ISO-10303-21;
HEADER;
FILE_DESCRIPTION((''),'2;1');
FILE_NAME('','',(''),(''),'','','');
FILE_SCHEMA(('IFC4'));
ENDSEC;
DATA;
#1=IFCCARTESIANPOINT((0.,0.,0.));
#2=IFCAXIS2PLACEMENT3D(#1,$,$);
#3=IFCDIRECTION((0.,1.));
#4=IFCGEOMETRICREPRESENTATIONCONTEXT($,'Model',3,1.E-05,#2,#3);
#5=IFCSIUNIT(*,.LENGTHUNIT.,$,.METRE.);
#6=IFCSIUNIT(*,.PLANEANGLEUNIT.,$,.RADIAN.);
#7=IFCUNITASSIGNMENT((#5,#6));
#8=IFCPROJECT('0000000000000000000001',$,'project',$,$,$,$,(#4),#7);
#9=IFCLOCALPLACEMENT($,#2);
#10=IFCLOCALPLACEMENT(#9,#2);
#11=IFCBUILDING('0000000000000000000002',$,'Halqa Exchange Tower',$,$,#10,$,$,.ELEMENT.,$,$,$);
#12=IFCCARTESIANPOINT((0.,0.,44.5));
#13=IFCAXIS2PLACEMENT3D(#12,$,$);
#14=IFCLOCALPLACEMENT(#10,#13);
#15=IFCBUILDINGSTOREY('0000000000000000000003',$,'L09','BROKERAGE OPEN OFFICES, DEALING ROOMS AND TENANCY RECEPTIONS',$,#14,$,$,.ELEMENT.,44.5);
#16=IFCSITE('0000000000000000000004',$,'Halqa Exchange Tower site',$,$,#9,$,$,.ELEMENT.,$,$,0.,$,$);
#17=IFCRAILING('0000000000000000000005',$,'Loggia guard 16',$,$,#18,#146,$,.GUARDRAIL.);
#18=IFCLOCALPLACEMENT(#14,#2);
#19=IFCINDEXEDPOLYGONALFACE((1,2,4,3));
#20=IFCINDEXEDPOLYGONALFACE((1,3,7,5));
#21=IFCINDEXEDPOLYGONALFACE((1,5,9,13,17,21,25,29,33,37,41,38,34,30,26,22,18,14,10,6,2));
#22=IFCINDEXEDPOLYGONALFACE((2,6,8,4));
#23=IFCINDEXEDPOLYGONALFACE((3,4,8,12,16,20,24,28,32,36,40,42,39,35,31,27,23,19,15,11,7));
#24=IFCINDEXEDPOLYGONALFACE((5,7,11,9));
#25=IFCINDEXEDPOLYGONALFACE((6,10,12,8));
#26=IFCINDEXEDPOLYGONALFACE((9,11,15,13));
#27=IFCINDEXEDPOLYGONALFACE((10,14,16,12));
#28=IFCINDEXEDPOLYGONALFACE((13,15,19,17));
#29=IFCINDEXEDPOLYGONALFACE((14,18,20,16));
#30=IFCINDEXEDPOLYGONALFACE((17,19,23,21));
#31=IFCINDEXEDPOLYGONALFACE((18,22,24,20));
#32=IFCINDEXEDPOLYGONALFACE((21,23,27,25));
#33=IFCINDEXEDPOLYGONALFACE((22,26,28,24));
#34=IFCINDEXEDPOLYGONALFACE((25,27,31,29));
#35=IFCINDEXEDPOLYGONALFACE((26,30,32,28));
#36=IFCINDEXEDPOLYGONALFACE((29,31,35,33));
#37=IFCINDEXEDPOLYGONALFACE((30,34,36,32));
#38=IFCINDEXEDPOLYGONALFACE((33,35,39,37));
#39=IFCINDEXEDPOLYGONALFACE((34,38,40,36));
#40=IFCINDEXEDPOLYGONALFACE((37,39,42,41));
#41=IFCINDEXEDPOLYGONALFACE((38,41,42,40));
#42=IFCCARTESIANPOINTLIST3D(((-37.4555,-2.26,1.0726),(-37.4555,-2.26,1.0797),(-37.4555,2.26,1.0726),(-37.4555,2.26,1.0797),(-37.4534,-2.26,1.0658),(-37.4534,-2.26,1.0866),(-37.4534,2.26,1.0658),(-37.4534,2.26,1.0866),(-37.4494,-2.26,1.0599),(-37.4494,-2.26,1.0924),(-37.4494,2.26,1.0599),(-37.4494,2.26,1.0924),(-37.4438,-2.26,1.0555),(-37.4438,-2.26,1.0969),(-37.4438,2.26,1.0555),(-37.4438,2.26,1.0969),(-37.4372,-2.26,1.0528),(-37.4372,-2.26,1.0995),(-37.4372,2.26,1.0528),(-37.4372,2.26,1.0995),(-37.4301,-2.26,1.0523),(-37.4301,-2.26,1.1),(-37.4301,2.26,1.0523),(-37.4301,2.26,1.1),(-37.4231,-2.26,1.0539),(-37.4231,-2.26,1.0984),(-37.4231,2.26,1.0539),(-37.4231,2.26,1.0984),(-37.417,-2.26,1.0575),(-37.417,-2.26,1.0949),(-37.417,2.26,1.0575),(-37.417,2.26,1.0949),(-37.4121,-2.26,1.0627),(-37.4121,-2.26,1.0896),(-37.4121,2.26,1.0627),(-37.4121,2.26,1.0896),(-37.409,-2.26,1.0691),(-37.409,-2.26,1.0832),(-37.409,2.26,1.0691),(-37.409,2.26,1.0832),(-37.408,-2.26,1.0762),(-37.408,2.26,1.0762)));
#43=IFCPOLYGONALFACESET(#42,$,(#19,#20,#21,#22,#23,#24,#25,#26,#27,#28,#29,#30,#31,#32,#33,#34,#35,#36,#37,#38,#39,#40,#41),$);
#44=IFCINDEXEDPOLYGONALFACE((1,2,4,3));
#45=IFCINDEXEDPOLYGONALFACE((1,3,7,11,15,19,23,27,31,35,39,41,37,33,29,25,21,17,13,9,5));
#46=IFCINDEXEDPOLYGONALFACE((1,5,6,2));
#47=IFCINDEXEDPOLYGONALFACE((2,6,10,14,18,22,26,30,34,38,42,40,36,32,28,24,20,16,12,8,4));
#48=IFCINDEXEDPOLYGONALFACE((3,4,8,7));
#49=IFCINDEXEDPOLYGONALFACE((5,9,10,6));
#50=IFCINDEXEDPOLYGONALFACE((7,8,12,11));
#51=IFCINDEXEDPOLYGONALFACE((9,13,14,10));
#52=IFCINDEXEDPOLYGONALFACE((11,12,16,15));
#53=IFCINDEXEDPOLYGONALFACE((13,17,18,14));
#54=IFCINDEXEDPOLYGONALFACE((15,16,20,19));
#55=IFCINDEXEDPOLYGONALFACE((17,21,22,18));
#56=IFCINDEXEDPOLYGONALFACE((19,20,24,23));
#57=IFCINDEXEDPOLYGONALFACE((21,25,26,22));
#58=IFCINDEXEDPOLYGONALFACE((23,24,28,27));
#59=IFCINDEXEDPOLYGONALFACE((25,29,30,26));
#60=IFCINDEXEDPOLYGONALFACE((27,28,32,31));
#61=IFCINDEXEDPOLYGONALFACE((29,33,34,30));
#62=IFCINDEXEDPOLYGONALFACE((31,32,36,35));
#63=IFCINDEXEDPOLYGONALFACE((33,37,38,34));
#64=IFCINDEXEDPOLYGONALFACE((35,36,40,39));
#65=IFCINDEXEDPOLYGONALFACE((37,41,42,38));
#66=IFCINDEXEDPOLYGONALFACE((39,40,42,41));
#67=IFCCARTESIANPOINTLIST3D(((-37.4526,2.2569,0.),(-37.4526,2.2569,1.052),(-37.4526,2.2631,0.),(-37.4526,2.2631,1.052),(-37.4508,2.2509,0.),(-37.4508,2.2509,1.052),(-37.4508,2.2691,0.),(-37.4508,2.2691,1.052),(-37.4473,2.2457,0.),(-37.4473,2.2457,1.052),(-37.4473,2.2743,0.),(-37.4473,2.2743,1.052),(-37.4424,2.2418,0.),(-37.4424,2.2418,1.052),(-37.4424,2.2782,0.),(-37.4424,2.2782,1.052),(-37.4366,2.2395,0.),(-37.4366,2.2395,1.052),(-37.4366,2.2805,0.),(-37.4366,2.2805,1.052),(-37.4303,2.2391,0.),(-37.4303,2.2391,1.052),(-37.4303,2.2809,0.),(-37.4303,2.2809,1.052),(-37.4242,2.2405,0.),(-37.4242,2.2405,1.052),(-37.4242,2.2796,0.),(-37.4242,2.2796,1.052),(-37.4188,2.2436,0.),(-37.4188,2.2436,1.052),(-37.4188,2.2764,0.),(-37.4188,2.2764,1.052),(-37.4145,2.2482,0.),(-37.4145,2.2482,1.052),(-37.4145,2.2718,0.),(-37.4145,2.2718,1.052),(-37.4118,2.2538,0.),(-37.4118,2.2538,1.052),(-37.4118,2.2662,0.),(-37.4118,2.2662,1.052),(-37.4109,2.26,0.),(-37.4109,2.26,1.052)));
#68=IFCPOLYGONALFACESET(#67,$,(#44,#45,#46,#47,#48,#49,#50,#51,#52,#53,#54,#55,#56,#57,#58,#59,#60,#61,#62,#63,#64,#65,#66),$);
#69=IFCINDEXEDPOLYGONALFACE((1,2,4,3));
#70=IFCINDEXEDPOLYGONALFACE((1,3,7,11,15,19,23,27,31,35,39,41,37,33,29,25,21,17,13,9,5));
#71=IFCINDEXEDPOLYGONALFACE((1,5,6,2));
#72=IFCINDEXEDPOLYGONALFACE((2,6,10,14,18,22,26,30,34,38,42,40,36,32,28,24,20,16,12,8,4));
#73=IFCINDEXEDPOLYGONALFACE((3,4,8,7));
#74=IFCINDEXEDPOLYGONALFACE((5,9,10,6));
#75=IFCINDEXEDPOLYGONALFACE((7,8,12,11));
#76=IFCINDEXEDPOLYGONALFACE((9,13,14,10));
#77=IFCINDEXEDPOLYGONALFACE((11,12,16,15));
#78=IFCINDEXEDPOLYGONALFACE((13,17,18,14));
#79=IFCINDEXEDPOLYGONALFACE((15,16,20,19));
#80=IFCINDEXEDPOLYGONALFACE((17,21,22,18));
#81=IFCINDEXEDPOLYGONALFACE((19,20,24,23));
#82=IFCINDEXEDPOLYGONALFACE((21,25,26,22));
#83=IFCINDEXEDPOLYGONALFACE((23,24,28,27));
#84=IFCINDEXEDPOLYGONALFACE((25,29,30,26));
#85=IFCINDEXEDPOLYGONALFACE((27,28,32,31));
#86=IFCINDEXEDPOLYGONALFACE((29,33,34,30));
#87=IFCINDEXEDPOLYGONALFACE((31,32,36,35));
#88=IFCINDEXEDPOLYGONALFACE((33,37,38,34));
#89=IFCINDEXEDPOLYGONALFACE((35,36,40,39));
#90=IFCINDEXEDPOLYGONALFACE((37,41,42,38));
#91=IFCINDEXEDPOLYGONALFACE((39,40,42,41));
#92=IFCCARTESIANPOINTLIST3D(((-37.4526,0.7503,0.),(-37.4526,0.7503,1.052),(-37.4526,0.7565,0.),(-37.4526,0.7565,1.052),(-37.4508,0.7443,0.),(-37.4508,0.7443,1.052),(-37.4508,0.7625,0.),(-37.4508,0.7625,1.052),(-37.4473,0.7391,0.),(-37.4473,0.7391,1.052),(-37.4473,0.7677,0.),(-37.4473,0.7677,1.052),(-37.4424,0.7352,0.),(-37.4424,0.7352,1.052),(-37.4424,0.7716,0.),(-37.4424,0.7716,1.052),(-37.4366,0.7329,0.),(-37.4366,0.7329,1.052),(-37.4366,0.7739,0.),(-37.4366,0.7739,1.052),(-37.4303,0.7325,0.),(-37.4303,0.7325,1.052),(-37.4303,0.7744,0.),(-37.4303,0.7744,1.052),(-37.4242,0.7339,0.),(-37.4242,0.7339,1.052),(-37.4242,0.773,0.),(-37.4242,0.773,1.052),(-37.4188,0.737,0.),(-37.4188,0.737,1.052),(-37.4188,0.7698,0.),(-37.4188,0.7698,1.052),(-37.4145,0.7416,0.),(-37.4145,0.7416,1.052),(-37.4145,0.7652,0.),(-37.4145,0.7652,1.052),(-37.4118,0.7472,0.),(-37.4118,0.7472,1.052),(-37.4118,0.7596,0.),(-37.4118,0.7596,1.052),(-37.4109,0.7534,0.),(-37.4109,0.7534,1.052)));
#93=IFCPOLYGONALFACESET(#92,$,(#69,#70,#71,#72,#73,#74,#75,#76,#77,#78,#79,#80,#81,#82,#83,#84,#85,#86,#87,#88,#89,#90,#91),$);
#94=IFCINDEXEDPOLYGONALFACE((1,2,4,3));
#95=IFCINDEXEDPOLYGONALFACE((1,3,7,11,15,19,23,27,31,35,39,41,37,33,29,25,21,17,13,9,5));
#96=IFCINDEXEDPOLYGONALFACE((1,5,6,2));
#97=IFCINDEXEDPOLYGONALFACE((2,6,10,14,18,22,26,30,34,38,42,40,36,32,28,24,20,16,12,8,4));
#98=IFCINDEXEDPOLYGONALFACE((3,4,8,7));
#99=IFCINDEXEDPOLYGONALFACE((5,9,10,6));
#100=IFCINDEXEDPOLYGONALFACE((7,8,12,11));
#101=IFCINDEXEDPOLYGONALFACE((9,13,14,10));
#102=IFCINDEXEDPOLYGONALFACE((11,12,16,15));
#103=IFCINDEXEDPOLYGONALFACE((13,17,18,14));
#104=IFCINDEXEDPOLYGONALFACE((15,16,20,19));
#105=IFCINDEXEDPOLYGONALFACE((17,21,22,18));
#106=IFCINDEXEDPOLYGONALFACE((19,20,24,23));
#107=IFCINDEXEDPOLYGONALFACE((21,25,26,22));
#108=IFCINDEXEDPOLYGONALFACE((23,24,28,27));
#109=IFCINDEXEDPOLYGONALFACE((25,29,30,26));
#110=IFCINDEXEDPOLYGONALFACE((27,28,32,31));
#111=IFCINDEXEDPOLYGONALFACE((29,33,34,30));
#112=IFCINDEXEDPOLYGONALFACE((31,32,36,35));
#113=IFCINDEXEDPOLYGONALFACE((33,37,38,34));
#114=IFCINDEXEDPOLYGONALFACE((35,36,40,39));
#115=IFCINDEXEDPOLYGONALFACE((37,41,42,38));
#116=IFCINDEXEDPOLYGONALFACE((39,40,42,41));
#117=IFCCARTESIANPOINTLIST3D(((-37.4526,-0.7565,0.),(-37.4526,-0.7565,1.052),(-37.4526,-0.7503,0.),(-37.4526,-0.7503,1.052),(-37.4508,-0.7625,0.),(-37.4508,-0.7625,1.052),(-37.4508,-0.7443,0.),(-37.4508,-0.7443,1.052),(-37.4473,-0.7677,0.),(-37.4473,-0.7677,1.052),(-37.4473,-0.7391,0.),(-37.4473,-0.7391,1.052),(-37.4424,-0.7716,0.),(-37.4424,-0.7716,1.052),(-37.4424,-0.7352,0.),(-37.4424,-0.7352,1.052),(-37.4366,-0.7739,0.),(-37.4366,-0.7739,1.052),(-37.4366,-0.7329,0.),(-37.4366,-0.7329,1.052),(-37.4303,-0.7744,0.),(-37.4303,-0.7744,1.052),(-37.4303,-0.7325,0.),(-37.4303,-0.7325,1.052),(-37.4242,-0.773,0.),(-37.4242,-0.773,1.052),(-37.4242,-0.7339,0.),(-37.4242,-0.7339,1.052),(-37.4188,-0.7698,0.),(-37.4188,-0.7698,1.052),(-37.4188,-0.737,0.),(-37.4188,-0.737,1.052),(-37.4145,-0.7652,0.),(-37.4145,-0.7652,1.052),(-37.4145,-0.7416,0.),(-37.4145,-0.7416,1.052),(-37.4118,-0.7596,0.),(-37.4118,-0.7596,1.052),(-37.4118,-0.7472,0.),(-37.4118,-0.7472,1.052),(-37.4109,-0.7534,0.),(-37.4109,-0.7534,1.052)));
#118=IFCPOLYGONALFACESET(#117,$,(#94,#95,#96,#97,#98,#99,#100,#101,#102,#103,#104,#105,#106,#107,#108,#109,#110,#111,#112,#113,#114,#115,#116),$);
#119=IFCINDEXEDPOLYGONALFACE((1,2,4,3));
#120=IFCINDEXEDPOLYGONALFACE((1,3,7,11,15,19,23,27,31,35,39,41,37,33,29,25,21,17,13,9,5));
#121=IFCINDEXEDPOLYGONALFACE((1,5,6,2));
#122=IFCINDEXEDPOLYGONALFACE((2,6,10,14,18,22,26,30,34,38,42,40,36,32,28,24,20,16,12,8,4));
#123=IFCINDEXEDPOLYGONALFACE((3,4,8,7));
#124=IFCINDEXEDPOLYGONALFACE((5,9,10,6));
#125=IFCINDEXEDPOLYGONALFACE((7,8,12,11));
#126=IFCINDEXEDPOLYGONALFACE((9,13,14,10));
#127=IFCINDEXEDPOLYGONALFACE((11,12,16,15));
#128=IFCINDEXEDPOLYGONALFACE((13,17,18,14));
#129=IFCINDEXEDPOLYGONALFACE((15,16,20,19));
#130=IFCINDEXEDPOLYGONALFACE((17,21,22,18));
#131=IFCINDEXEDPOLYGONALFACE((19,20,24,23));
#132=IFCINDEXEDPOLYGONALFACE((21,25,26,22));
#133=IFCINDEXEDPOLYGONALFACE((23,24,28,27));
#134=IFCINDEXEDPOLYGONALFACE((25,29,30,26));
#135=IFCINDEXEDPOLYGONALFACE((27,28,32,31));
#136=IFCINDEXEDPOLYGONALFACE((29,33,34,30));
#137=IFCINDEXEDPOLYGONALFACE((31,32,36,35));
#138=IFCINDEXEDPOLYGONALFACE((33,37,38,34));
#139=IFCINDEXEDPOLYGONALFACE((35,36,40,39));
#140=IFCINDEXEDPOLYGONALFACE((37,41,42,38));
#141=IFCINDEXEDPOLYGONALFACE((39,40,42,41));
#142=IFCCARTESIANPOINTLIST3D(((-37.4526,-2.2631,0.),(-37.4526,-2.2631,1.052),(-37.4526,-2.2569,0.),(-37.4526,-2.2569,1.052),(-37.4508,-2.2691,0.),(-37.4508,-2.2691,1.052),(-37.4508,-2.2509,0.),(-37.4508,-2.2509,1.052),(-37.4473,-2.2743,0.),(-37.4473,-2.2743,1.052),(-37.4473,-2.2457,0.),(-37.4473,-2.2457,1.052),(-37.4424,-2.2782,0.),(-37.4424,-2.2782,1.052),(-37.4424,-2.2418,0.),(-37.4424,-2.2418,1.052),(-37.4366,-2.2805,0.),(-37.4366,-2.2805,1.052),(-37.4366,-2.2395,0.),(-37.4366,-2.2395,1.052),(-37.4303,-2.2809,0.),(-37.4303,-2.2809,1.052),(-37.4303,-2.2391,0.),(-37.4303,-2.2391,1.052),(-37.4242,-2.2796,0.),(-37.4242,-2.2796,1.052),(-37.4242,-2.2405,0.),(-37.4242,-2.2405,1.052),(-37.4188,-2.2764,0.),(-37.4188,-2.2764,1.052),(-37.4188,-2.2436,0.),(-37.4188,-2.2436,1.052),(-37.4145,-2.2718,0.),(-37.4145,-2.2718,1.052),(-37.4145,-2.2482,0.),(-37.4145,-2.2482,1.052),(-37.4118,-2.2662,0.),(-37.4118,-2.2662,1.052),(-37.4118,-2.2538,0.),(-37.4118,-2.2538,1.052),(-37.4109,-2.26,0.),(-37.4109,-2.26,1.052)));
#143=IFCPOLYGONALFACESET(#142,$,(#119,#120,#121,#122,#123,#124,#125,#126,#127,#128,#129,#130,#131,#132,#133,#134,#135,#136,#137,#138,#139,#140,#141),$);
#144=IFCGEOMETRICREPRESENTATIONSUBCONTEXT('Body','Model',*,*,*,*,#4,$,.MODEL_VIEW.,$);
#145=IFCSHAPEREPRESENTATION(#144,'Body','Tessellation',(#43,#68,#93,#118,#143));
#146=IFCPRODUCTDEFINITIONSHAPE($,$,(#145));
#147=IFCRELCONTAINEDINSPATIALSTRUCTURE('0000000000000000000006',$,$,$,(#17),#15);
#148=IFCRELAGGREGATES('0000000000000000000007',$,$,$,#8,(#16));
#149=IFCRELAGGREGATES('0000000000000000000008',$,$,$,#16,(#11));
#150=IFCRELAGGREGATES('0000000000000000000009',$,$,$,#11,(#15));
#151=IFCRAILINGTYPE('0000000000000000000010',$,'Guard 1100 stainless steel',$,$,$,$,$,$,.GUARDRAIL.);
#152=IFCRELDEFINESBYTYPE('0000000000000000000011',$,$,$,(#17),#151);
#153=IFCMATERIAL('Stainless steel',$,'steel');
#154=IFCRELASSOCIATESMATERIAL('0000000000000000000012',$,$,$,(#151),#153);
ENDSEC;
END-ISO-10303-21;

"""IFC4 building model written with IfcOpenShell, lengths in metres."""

from ifc_helpers import new_model, si_unit, direction, frame, origin, origin_2d, place, context, subcontext, project, spatial, circle, extrude, material, type_object, element, save


model = new_model("IFC4")

# Units and contexts
model_context = context("Model", 3, precision=1e-05, world=origin(), true_north=direction((0.0, 1.0)))
body_context = subcontext(model_context, "Body", "Model", "MODEL_VIEW")
ifc_project = project(units=[si_unit("LENGTHUNIT", "METRE"), si_unit("PLANEANGLEUNIT", "RADIAN")], contexts=[model_context])

# Site, building, storey
site_placement = place(None, origin())
site = spatial("IfcSite", under=ifc_project, at=site_placement, Name="Halqa Exchange Tower site", CompositionType="ELEMENT", RefElevation=0.0)
building_placement = place(site_placement, origin())
building = spatial("IfcBuilding", under=site, at=building_placement, Name="Halqa Exchange Tower", CompositionType="ELEMENT")
storey_placement = place(building_placement, frame((0.0, 0.0, 44.5)))
storey = spatial("IfcBuildingStorey", under=building, at=storey_placement, Name="L09", Description="BROKERAGE OPEN OFFICES, DEALING ROOMS AND TENANCY RECEPTIONS", CompositionType="ELEMENT", Elevation=44.5)

# Railing
ifc_material_1 = material(Name="Stainless steel", Category="steel")
railing_type = type_object("IfcRailingType", Name="Guard 1100 stainless steel", PredefinedType="GUARDRAIL", material=ifc_material_1)
railing_1_placement = place(storey_placement, frame((-37.4319, 2.26, 0.0)))
element("IfcRailing", 1, at=railing_1_placement, inside=storey, type_object=railing_type, Name="Loggia guard 16", PredefinedType="GUARDRAIL", context=body_context, shape_type="SweptSolid", body=[
    extrude(circle(Radius=0.0239, at=origin_2d()), frame((0.0, 0.0, 1.0762), z_axis=(0.0, -1.0, 0.0), x_axis=(1.0, 0.0, 0.0)), (0.0, 0.0, 1.0), 4.52),
    extrude(circle(Radius=0.021, at=origin_2d()), origin(), (0.0, 0.0, 1.0), 1.052),
    extrude(circle(Radius=0.021, at=origin_2d()), frame((0.0, -1.5066, 0.0)), (0.0, 0.0, 1.0), 1.052),
    extrude(circle(Radius=0.021, at=origin_2d()), frame((0.0, -3.0134, 0.0)), (0.0, 0.0, 1.0), 1.052),
    extrude(circle(Radius=0.021, at=origin_2d()), frame((0.0, -4.52, 0.0)), (0.0, 0.0, 1.0), 1.052),
])

save(model, "model.ifc")
